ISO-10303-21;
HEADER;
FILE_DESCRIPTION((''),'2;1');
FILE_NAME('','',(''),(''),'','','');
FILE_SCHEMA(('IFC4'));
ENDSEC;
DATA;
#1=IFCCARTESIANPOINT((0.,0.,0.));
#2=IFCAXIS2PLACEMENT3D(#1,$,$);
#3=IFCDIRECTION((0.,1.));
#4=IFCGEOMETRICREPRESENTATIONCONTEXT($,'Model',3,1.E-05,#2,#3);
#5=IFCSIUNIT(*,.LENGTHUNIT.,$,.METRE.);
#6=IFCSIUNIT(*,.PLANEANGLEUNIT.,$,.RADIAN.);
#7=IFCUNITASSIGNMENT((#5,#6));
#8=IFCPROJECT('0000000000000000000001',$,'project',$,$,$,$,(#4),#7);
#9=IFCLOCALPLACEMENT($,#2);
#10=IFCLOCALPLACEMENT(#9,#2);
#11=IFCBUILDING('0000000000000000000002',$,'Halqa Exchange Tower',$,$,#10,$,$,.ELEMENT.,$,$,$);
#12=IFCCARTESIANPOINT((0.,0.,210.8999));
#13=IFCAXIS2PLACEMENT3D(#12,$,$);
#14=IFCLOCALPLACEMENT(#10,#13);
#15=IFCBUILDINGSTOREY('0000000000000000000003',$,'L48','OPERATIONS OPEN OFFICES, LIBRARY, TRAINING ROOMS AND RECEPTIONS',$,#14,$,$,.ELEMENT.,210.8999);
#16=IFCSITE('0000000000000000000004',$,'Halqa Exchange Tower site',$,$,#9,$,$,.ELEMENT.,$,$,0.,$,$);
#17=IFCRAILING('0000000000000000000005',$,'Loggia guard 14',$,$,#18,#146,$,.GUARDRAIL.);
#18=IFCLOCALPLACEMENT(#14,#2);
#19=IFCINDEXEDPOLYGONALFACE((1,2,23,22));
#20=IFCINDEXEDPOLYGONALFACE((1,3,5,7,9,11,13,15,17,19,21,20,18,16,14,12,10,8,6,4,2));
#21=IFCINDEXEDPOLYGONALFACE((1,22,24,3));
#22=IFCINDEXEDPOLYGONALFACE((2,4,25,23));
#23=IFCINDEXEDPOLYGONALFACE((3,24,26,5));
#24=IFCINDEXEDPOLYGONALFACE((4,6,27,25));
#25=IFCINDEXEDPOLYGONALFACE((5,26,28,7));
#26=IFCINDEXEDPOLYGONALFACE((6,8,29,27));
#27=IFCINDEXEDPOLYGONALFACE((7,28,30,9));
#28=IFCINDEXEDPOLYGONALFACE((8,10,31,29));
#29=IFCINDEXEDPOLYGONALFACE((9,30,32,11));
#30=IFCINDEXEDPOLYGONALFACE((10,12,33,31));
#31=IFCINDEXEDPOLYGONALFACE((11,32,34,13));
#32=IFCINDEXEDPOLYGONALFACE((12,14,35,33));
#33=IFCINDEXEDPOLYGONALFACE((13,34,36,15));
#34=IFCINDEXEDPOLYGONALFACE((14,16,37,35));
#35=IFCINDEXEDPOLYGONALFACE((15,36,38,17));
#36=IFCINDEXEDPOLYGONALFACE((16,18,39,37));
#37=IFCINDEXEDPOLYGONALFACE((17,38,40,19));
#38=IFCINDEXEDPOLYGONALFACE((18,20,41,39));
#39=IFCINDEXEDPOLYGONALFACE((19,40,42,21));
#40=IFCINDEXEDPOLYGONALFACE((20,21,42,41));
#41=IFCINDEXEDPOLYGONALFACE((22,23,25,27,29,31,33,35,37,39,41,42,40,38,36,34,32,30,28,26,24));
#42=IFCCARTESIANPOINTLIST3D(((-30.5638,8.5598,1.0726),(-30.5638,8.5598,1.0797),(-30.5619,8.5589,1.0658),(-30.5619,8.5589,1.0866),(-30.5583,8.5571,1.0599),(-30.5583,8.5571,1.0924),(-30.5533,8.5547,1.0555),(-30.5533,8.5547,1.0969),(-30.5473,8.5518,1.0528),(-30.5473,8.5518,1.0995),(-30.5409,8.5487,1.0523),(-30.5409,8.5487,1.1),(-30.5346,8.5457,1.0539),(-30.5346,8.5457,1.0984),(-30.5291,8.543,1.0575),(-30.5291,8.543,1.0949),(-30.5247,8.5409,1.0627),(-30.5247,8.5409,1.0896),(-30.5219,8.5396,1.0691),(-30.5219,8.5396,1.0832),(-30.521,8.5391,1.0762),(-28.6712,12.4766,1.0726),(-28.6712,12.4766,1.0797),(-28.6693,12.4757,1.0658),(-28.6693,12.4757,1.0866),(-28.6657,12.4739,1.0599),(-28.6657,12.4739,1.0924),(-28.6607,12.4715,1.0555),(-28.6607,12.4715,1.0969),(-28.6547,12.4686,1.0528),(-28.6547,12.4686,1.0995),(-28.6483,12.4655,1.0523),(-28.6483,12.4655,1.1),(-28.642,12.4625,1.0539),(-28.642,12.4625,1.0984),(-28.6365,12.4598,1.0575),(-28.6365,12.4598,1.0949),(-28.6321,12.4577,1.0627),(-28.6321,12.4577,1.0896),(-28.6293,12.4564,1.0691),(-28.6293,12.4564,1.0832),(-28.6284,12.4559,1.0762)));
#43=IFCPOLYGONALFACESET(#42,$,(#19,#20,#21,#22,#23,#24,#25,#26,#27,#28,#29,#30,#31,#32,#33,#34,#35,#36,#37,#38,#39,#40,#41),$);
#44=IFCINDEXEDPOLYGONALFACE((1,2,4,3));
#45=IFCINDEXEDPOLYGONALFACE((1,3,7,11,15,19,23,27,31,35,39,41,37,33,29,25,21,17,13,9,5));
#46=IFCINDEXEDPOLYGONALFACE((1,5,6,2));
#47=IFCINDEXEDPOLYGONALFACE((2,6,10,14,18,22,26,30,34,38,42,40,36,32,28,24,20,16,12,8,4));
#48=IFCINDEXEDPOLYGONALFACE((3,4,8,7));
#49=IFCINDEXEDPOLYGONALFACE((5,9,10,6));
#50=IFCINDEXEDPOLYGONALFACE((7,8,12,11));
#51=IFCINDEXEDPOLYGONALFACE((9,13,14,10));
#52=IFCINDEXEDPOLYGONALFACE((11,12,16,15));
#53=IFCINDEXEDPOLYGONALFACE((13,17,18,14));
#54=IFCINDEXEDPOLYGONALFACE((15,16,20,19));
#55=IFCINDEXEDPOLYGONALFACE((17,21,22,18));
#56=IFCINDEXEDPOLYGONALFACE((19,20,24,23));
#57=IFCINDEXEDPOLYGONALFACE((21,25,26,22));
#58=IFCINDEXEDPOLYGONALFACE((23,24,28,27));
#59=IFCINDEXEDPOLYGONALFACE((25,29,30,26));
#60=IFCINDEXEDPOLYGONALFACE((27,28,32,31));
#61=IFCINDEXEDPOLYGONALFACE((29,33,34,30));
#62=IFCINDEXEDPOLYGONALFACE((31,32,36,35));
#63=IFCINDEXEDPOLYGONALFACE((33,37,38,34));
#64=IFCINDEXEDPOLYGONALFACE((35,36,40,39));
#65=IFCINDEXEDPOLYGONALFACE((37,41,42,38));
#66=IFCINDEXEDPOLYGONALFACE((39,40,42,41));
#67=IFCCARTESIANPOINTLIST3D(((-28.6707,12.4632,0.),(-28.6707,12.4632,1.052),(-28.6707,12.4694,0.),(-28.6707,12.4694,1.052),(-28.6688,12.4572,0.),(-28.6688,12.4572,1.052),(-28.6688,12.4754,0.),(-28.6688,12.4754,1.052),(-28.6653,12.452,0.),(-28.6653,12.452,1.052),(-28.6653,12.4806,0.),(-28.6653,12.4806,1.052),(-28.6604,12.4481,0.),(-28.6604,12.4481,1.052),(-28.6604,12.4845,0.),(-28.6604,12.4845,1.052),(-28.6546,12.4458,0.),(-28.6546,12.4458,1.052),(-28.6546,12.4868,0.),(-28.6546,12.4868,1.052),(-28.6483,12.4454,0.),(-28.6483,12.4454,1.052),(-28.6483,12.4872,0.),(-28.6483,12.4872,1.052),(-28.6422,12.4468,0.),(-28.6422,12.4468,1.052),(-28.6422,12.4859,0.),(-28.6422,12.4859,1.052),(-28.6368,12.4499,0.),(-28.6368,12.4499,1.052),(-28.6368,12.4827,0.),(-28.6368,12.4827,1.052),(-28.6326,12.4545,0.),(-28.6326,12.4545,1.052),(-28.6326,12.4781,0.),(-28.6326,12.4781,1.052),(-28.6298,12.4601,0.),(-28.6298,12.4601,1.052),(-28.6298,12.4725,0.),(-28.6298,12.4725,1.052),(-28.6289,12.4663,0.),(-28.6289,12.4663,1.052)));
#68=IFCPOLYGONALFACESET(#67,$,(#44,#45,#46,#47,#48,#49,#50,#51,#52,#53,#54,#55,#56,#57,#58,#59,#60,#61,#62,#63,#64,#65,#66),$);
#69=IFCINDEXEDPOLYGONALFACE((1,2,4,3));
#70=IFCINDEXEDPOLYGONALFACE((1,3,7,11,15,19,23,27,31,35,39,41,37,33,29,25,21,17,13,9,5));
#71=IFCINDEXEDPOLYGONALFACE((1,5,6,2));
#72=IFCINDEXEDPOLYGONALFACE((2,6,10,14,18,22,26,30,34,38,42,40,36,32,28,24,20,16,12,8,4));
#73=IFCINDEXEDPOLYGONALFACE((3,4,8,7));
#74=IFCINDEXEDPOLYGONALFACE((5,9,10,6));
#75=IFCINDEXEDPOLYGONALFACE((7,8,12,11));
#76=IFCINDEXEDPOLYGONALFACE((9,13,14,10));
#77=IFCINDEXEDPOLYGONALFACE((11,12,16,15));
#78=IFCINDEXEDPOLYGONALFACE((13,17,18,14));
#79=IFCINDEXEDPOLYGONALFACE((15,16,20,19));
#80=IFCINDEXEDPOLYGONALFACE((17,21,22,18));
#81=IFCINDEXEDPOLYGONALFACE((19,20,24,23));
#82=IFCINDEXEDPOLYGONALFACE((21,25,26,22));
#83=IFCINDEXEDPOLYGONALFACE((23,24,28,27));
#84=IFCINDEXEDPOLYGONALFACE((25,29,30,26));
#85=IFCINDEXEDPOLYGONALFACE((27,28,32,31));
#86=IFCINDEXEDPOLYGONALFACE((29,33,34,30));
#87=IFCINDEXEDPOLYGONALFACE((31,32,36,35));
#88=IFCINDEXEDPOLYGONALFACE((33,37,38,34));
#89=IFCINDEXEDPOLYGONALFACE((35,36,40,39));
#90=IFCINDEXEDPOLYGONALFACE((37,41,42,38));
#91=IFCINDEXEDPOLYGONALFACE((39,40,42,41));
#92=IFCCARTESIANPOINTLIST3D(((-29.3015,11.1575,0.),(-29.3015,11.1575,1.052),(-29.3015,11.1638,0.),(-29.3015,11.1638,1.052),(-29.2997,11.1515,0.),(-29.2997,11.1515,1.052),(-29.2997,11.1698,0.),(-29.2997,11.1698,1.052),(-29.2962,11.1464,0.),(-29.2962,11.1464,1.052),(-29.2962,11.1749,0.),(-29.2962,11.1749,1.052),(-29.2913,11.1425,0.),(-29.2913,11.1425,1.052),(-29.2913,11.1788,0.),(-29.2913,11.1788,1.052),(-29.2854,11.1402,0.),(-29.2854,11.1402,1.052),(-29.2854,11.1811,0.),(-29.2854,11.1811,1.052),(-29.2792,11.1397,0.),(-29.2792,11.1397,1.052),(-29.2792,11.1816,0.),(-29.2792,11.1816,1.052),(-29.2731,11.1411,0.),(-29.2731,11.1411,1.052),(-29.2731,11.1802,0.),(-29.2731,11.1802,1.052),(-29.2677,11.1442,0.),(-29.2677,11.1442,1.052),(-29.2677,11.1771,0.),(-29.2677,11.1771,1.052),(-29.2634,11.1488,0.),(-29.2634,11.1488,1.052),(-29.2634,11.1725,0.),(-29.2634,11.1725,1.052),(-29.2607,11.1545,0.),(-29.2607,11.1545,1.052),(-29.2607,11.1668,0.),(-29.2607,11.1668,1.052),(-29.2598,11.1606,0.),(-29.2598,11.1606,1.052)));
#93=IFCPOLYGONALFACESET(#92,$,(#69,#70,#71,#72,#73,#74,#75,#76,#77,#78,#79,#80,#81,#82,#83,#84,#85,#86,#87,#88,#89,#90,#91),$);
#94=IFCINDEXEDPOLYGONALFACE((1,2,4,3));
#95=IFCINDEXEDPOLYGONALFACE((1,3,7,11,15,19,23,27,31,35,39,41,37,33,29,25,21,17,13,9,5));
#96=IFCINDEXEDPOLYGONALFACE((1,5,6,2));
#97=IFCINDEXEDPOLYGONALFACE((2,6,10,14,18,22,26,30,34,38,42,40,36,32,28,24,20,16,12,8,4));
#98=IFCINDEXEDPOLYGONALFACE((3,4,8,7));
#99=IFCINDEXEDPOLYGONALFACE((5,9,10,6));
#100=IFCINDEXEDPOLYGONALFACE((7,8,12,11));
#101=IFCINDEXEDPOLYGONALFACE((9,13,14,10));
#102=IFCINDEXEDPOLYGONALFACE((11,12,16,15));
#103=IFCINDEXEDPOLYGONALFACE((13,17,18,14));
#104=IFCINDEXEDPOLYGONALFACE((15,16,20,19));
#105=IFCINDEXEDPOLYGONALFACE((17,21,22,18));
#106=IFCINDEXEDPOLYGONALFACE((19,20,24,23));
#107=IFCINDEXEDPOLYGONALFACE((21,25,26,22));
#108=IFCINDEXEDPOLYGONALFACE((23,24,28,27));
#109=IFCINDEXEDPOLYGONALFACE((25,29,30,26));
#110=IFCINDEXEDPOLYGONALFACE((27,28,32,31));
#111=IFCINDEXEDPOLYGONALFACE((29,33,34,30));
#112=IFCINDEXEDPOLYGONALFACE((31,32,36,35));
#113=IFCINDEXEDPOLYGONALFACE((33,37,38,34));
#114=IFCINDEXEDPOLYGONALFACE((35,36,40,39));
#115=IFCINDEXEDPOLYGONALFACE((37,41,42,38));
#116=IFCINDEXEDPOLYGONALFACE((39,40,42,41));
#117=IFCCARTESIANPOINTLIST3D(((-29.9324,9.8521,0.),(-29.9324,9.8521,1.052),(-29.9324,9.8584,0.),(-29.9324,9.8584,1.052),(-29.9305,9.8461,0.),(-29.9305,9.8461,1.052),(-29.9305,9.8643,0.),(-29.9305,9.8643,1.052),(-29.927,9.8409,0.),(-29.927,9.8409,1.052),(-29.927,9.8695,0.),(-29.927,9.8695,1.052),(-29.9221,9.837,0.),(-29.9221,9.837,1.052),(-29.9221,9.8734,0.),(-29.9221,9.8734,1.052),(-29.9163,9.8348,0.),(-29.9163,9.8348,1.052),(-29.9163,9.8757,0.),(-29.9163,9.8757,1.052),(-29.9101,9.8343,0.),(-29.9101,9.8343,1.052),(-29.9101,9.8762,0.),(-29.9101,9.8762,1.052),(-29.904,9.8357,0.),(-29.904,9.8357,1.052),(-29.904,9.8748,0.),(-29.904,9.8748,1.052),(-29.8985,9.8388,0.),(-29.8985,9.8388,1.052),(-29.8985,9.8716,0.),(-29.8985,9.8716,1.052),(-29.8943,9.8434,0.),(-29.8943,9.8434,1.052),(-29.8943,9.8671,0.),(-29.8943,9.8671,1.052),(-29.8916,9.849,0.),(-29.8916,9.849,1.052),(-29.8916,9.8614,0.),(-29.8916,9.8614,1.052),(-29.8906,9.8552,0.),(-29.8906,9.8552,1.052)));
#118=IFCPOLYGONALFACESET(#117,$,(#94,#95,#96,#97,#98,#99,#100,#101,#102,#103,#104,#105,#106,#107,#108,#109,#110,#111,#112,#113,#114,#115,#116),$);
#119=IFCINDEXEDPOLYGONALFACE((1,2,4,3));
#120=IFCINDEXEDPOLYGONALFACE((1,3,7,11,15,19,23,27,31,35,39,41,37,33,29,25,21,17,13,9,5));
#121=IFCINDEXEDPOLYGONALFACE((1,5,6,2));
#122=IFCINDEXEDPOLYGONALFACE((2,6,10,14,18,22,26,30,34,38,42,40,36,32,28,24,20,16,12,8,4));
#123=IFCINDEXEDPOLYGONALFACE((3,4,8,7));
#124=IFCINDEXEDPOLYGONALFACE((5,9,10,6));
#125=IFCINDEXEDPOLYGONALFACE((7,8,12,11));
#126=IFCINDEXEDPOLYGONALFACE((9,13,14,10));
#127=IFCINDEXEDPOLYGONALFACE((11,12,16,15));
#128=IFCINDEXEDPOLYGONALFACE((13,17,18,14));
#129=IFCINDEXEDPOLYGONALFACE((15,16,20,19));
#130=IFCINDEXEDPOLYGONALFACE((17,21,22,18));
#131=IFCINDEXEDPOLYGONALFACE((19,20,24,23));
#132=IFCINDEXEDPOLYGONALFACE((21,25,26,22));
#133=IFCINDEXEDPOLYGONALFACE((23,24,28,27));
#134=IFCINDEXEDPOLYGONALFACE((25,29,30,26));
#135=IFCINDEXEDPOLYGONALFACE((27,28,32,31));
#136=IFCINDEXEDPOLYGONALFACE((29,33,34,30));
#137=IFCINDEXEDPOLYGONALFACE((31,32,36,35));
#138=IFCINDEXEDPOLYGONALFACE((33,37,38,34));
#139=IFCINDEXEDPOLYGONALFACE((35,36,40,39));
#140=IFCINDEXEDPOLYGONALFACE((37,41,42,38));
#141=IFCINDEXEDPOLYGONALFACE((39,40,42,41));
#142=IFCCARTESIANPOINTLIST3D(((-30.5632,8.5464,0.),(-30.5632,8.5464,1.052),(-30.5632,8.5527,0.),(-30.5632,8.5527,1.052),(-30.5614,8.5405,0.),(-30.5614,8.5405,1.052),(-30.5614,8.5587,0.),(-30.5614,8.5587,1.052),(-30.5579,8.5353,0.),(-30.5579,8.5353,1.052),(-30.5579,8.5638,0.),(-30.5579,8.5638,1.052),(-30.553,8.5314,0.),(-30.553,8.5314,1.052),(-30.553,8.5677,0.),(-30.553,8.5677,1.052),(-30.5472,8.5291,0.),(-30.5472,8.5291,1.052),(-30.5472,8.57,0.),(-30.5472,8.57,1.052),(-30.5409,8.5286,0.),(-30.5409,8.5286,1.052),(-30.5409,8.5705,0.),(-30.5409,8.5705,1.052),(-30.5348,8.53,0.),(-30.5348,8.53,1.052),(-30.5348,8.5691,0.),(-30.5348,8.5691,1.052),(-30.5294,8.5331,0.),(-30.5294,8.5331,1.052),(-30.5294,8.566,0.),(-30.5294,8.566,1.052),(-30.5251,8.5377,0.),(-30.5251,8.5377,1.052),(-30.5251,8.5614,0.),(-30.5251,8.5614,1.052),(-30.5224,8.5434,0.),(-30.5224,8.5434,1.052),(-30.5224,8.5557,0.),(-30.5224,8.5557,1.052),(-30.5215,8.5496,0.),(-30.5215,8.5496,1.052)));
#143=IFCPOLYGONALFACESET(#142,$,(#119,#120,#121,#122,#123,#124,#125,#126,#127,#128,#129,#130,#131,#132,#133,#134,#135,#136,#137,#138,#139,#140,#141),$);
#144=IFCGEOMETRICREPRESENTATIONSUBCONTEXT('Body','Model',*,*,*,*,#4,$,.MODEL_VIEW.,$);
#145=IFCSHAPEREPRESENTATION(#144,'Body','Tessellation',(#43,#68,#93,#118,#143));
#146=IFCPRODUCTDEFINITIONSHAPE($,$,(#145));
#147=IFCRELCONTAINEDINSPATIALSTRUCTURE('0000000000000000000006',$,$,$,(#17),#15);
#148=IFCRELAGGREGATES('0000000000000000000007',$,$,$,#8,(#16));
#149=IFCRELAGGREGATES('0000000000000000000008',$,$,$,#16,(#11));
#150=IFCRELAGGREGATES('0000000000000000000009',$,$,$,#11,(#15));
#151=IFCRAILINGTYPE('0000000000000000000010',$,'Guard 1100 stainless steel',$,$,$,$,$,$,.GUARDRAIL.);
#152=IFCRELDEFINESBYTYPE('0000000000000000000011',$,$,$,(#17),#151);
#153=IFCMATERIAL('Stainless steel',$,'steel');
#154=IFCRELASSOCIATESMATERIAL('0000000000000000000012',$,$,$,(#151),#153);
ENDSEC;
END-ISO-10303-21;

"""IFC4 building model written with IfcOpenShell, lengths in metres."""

from ifc_helpers import new_model, si_unit, direction, frame, origin, origin_2d, place, context, subcontext, project, spatial, circle, extrude, material, type_object, element, save


model = new_model("IFC4")

# Units and contexts
model_context = context("Model", 3, precision=1e-05, world=origin(), true_north=direction((0.0, 1.0)))
body_context = subcontext(model_context, "Body", "Model", "MODEL_VIEW")
ifc_project = project(units=[si_unit("LENGTHUNIT", "METRE"), si_unit("PLANEANGLEUNIT", "RADIAN")], contexts=[model_context])

# Site, building, storey
site_placement = place(None, origin())
site = spatial("IfcSite", under=ifc_project, at=site_placement, Name="Halqa Exchange Tower site", CompositionType="ELEMENT", RefElevation=0.0)
building_placement = place(site_placement, origin())
building = spatial("IfcBuilding", under=site, at=building_placement, Name="Halqa Exchange Tower", CompositionType="ELEMENT")
storey_placement = place(building_placement, frame((0.0, 0.0, 210.8999)))
storey = spatial("IfcBuildingStorey", under=building, at=storey_placement, Name="L48", Description="OPERATIONS OPEN OFFICES, LIBRARY, TRAINING ROOMS AND RECEPTIONS", CompositionType="ELEMENT", Elevation=210.8999)

# Railing
ifc_material_1 = material(Name="Stainless steel", Category="steel")
railing_type = type_object("IfcRailingType", Name="Guard 1100 stainless steel", PredefinedType="GUARDRAIL", material=ifc_material_1)
railing_1_placement = place(storey_placement, frame((-28.6499, 12.4663, 0.0)))
element("IfcRailing", 1, at=railing_1_placement, inside=storey, type_object=railing_type, Name="Loggia guard 14", PredefinedType="GUARDRAIL", context=body_context, shape_type="SweptSolid", body=[
    extrude(circle(Radius=0.0239, at=origin_2d()), frame((0.0, 0.0, 1.0762), z_axis=(-0.435072, -0.900395, 0.0), x_axis=(0.900395, -0.435072, 0.0)), (0.0, 0.0, 1.0), 4.3501),
    extrude(circle(Radius=0.021, at=origin_2d()), origin(), (0.0, 0.0, 1.0), 1.052),
    extrude(circle(Radius=0.021, at=origin_2d()), frame((-0.6309, -1.3057, 0.0)), (0.0, 0.0, 1.0), 1.052),
    extrude(circle(Radius=0.021, at=origin_2d()), frame((-1.2617, -2.6111, 0.0)), (0.0, 0.0, 1.0), 1.052),
    extrude(circle(Radius=0.021, at=origin_2d()), frame((-1.8926, -3.9167, 0.0)), (0.0, 0.0, 1.0), 1.052),
])

save(model, "model.ifc")
